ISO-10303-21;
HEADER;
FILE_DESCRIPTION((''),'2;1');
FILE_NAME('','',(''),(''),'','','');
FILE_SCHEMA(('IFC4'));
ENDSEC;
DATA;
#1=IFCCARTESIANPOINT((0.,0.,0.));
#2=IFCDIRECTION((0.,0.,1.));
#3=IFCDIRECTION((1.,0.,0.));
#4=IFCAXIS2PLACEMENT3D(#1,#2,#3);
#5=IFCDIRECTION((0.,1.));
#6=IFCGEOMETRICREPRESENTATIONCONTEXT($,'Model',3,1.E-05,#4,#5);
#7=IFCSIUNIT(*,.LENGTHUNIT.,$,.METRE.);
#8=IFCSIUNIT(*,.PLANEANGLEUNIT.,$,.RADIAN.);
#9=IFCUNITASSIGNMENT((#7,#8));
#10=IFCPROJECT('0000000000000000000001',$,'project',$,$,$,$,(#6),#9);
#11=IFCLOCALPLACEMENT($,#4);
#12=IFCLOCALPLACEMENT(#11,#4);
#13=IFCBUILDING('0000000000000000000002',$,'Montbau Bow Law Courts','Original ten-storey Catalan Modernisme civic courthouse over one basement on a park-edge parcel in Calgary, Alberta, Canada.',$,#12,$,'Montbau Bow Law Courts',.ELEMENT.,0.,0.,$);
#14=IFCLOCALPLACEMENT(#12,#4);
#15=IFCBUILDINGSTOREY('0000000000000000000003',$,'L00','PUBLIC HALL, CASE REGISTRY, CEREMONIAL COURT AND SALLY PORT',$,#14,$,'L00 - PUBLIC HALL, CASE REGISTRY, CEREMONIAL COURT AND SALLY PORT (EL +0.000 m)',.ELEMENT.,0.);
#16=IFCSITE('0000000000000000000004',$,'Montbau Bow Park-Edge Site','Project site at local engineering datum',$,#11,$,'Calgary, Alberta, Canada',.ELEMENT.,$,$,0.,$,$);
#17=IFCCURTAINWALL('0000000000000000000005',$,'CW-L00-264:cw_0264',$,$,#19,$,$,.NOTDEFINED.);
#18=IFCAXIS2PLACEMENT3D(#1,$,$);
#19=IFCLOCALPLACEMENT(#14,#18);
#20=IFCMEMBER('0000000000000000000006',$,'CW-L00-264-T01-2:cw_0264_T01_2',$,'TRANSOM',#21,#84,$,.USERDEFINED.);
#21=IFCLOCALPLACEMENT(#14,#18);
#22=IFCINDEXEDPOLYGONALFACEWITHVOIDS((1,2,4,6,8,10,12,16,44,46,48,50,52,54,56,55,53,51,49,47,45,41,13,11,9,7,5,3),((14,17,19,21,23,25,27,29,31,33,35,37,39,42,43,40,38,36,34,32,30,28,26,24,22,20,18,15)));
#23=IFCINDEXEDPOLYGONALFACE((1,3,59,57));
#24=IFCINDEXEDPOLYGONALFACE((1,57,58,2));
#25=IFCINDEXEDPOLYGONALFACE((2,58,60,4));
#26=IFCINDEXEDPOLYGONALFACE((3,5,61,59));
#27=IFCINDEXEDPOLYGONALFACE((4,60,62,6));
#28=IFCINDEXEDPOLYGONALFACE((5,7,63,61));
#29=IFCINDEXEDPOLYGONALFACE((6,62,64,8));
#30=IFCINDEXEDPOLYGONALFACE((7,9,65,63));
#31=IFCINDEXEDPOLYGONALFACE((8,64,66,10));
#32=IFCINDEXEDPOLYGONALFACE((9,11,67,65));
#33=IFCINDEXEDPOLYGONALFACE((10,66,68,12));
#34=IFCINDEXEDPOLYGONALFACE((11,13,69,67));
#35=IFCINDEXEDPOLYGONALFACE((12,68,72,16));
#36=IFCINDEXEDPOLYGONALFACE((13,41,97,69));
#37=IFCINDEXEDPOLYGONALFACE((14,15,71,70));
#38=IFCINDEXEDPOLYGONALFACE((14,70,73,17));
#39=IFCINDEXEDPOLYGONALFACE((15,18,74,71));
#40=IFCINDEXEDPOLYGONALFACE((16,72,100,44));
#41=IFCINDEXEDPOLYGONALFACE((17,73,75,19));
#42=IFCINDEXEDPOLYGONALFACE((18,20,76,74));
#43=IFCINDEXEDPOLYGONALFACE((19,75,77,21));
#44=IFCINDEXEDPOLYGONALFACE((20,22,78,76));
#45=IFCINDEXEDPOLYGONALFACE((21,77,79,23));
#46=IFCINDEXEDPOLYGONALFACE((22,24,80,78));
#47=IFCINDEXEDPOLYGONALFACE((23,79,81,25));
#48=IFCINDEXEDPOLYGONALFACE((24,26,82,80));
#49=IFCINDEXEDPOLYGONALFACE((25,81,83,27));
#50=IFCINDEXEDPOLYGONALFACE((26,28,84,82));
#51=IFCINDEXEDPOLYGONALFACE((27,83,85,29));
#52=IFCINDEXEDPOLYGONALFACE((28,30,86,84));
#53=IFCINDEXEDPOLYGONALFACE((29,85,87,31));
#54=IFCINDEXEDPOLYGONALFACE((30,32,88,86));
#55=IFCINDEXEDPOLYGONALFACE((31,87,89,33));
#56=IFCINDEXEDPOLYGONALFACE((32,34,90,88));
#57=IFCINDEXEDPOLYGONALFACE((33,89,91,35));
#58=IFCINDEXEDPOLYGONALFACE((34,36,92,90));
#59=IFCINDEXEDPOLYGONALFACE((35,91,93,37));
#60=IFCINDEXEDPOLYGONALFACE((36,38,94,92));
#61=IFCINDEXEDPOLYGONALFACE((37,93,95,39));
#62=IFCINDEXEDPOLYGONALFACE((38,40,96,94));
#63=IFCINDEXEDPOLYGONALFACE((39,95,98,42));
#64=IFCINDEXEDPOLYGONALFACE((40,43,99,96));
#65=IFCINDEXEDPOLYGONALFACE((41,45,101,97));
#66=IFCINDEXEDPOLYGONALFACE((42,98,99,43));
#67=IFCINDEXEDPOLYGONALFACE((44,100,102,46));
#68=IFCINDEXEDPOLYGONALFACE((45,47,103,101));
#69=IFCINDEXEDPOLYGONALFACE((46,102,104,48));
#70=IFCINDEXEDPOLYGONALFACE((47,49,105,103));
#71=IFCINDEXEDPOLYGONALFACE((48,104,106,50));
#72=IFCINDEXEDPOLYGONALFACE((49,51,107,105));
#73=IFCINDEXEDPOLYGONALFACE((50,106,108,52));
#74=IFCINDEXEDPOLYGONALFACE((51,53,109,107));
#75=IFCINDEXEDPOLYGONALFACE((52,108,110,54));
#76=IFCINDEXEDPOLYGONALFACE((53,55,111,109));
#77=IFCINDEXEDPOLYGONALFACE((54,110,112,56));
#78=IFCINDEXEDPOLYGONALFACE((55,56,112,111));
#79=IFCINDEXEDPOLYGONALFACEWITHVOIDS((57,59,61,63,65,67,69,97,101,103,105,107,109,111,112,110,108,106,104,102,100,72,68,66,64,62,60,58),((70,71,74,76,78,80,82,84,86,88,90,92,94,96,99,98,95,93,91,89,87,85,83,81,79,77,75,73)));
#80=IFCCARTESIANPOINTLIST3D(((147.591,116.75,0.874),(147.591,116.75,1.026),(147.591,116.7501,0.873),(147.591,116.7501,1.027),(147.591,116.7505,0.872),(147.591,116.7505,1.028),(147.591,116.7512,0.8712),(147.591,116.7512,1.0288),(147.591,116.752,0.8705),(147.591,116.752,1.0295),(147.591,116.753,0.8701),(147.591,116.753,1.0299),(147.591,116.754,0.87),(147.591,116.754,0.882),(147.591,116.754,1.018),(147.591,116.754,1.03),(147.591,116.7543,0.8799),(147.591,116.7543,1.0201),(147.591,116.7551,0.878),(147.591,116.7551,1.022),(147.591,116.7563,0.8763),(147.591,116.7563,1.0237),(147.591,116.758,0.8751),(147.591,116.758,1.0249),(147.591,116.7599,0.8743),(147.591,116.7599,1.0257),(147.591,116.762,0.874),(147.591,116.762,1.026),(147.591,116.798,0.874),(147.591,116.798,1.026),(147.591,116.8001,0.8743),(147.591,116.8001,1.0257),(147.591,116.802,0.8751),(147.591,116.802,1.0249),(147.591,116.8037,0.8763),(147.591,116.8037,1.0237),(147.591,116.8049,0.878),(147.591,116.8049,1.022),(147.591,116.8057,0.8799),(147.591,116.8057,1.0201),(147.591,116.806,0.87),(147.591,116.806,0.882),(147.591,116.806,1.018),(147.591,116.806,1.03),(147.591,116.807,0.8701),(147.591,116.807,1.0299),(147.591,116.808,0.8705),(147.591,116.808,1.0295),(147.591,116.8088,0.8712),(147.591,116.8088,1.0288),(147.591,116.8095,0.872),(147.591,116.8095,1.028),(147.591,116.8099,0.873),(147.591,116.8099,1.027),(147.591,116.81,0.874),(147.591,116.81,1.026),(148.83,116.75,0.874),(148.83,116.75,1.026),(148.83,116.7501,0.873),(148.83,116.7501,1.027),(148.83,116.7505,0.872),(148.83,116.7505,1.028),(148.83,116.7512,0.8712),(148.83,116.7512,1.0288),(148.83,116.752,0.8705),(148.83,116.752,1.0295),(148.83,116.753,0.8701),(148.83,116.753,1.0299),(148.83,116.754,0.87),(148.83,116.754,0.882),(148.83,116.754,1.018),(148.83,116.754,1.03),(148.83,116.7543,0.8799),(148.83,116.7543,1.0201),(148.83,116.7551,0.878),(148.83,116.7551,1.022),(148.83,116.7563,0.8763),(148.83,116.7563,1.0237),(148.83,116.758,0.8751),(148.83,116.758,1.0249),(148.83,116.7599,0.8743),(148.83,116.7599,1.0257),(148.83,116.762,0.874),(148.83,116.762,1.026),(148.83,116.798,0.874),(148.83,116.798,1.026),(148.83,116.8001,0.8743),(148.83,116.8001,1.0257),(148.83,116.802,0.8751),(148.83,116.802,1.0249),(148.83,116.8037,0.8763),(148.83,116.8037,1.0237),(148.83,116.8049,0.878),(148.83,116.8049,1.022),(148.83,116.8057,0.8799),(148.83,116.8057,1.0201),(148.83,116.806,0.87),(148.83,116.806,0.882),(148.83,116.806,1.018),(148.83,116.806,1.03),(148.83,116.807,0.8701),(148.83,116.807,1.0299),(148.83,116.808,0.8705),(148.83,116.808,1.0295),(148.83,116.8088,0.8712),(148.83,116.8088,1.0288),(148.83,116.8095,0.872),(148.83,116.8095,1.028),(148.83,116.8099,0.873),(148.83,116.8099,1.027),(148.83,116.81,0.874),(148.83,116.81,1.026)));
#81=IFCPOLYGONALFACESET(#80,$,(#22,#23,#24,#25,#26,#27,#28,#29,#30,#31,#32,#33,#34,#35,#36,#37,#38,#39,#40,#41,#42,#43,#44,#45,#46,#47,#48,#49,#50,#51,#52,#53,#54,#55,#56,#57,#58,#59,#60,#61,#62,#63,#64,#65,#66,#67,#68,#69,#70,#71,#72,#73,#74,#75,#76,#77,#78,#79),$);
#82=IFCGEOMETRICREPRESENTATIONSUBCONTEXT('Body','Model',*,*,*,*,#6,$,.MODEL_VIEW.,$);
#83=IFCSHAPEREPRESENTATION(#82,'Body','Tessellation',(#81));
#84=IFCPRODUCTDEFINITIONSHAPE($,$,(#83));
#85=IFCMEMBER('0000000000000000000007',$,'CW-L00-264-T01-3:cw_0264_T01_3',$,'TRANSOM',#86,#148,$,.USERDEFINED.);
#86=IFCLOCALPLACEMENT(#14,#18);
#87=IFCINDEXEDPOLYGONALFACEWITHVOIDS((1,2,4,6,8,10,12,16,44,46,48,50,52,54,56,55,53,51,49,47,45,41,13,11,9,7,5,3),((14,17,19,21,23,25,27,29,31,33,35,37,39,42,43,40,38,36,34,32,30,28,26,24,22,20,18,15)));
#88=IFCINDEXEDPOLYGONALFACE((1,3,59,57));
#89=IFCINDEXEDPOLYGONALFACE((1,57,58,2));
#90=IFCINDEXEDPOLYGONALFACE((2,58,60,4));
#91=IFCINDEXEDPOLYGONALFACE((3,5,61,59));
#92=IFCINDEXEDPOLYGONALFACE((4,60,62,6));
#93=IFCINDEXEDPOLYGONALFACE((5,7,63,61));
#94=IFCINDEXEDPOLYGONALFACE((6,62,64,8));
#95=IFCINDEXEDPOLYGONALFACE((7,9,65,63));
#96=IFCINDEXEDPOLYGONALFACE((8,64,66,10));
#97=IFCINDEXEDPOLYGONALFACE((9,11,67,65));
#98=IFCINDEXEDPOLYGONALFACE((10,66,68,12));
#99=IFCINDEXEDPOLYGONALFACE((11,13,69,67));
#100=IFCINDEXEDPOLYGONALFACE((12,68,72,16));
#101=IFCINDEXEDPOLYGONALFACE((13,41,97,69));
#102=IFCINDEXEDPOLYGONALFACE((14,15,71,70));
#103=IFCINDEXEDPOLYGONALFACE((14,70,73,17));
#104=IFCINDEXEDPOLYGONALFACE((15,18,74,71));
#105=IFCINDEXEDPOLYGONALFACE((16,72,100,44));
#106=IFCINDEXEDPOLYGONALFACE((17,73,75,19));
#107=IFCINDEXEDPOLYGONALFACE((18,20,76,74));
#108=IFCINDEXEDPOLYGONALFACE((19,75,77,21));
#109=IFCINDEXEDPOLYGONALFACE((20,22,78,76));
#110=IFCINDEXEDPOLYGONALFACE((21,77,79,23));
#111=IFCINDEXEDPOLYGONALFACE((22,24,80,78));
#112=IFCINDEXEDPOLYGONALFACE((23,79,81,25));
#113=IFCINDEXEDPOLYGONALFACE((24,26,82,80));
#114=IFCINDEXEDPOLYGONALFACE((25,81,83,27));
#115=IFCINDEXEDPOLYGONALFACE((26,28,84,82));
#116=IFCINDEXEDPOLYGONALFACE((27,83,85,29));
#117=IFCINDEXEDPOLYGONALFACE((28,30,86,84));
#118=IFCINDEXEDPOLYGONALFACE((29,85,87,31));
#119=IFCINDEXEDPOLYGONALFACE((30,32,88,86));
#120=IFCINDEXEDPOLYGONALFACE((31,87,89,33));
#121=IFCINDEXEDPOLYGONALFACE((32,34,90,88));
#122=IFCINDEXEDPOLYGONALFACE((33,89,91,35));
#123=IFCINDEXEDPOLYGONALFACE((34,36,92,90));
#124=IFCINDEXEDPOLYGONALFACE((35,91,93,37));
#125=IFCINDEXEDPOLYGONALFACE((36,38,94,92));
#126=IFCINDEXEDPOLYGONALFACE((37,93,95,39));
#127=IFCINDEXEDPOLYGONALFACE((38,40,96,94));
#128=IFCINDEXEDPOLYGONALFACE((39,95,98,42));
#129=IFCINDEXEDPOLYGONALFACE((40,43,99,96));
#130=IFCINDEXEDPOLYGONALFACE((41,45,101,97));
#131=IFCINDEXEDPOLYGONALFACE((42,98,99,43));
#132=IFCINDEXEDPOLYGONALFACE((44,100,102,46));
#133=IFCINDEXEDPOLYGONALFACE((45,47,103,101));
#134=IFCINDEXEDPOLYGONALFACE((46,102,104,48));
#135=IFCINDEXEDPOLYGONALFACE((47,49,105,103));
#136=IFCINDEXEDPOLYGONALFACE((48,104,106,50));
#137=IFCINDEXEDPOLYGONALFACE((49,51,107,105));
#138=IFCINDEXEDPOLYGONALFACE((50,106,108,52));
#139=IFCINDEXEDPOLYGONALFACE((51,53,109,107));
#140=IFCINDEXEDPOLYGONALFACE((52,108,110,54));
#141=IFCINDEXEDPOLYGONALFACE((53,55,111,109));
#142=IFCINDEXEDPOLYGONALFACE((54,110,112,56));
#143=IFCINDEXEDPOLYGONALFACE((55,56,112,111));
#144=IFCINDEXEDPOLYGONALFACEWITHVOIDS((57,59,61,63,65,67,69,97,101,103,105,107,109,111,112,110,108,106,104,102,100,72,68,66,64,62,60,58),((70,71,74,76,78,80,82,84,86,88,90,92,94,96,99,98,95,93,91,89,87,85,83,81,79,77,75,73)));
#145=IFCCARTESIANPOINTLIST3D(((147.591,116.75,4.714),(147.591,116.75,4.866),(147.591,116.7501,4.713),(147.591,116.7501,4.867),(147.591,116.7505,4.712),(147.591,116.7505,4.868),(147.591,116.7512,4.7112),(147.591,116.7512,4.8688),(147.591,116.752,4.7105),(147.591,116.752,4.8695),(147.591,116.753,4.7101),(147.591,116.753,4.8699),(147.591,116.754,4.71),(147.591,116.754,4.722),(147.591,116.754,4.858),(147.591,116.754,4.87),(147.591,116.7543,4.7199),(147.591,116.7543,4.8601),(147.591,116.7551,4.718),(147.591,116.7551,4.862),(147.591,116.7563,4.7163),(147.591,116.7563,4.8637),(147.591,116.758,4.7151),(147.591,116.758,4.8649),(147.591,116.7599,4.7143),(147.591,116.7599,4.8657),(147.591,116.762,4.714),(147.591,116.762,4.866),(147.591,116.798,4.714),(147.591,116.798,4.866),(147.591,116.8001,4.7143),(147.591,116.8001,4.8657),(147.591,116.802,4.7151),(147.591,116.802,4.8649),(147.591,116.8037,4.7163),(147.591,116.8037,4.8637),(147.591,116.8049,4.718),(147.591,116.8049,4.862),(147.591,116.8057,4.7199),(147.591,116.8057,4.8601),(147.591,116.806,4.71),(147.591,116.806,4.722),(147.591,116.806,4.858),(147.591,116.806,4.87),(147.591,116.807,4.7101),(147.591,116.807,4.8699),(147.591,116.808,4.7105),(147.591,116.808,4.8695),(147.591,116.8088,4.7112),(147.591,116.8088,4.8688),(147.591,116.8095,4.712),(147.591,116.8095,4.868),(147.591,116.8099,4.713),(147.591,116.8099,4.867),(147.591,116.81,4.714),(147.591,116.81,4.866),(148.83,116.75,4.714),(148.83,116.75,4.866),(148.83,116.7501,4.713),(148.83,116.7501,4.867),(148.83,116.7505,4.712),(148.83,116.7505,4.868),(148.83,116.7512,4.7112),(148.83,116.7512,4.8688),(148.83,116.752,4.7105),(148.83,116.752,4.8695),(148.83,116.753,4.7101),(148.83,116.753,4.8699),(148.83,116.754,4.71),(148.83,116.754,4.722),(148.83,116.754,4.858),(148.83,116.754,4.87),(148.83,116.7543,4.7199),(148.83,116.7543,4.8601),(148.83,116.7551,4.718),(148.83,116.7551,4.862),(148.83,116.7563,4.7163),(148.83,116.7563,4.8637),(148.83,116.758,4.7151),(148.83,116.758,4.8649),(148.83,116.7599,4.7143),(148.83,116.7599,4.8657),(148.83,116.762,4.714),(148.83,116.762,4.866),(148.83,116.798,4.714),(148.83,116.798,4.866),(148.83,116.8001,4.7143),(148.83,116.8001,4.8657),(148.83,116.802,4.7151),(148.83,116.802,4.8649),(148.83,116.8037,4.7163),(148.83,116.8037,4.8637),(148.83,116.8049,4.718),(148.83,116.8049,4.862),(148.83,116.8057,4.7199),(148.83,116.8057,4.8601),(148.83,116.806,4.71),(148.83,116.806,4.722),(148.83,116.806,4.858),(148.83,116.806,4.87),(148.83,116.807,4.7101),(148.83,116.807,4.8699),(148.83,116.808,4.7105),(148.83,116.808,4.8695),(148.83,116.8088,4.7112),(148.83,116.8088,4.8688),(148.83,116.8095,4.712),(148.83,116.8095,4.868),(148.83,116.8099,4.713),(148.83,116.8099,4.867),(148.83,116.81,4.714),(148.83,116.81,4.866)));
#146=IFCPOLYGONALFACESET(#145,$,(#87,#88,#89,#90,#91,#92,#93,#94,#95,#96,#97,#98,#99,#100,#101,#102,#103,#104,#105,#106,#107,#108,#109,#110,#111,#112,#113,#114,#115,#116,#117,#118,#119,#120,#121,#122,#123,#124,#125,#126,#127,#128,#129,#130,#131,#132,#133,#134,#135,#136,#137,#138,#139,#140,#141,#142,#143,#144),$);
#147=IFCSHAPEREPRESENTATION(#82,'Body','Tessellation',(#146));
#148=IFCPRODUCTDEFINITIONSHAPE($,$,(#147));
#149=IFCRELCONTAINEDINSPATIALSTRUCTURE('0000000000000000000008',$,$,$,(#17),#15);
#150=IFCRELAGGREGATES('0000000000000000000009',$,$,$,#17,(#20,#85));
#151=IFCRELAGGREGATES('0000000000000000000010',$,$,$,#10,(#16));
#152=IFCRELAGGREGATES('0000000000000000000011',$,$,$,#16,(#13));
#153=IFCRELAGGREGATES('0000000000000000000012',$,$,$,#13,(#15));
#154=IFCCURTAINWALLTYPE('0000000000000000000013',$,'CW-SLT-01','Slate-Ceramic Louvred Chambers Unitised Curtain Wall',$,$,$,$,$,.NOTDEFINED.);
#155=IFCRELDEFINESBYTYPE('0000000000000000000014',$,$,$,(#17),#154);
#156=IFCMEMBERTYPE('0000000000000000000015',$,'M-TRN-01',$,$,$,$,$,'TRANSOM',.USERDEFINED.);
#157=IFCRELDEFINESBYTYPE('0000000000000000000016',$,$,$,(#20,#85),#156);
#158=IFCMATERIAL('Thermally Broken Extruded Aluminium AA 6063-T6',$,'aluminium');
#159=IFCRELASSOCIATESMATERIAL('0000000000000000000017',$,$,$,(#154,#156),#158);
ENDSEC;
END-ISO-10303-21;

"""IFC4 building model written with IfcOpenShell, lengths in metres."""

from ifc_helpers import new_model, si_unit, direction, frame, origin_with_axes, origin_2d_with_axis, place, context, subcontext, project, spatial, hollow_rectangle, extrude, material, material_profile, profile_set, type_object, element, aggregate, save


model = new_model("IFC4")

# Units and contexts
model_context = context("Model", 3, precision=1e-05, world=origin_with_axes(), true_north=direction((0.0, 1.0)))
body_context = subcontext(model_context, "Body", "Model", "MODEL_VIEW")
ifc_project = project(units=[si_unit("LENGTHUNIT", "METRE"), si_unit("PLANEANGLEUNIT", "RADIAN")], contexts=[model_context])

# Site, building, storey
site_placement = place(None, origin_with_axes())
site = spatial("IfcSite", under=ifc_project, at=site_placement, Name="Montbau Bow Park-Edge Site", Description="Project site at local engineering datum", LongName="Calgary, Alberta, Canada", CompositionType="ELEMENT", RefElevation=0.0)
building_placement = place(site_placement, origin_with_axes())
building = spatial("IfcBuilding", under=site, at=building_placement, Name="Montbau Bow Law Courts", Description="Original ten-storey Catalan Modernisme civic courthouse over one basement on a park-edge parcel in Calgary, Alberta, Canada.", LongName="Montbau Bow Law Courts", CompositionType="ELEMENT", ElevationOfRefHeight=0.0, ElevationOfTerrain=0.0)
storey_placement = place(building_placement, origin_with_axes())
storey = spatial("IfcBuildingStorey", under=building, at=storey_placement, Name="L00", Description="PUBLIC HALL, CASE REGISTRY, CEREMONIAL COURT AND SALLY PORT", LongName="L00 - PUBLIC HALL, CASE REGISTRY, CEREMONIAL COURT AND SALLY PORT (EL +0.000 m)", CompositionType="ELEMENT", Elevation=0.0)

# Curtain wall
ifc_material_1 = material(Name="Thermally Broken Extruded Aluminium AA 6063-T6", Category="aluminium")
curtain_wall_type = type_object("IfcCurtainWallType", Name="CW-SLT-01", Description="Slate-Ceramic Louvred Chambers Unitised Curtain Wall", PredefinedType="NOTDEFINED", material=ifc_material_1)
curtain_wall_1_placement = place(None, frame((147.515, 116.78, 0.0), z_axis=(0.0, 0.0, 1.0), x_axis=(1.0, 0.0, 0.0)))
curtain_wall_1 = element("IfcCurtainWall", 1, at=curtain_wall_1_placement, inside=storey, type_object=curtain_wall_type, Name="CW-L00-264:cw_0264", PredefinedType="NOTDEFINED")

# Members
ifc_material_profile_1 = material_profile(ifc_material_1, hollow_rectangle(XDim=0.06, YDim=0.16, WallThickness=0.004, InnerFilletRadius=0.008, OuterFilletRadius=0.004, at=origin_2d_with_axis()), Name="CWT-160X60", Category="Main", Priority=0)
ifc_profile_set_1 = profile_set([ifc_material_profile_1], Name="Thermally Broken Extruded Aluminium AA 6063-T6")
member_type_1 = type_object("IfcMemberType", Name="M-TRN-01", ElementType="TRANSOM", PredefinedType="USERDEFINED", material=ifc_profile_set_1)
member_1_placement = place(None, frame((147.591, 116.78, 0.95), z_axis=(1.0, 0.0, 0.0), x_axis=(0.0, 1.0, 0.0)))
member_1 = element("IfcMember", 2, at=member_1_placement, type_object=member_type_1, Name="CW-L00-264-T01-2:cw_0264_T01_2", ObjectType="TRANSOM", PredefinedType="USERDEFINED", context=body_context, shape_type="SweptSolid", body=[
    extrude(hollow_rectangle(XDim=0.06, YDim=0.16, WallThickness=0.004, InnerFilletRadius=0.008, OuterFilletRadius=0.004, at=origin_2d_with_axis()), origin_with_axes(), (0.0, 0.0, 1.0), 1.239),
])
member_2_placement = place(None, frame((147.591, 116.78, 4.79), z_axis=(1.0, 0.0, 0.0), x_axis=(0.0, 1.0, 0.0)))
member_2 = element("IfcMember", 3, at=member_2_placement, type_object=member_type_1, Name="CW-L00-264-T01-3:cw_0264_T01_3", ObjectType="TRANSOM", PredefinedType="USERDEFINED", context=body_context, shape_type="SweptSolid", body=[
    extrude(hollow_rectangle(XDim=0.06, YDim=0.16, WallThickness=0.004, InnerFilletRadius=0.008, OuterFilletRadius=0.004, at=origin_2d_with_axis()), origin_with_axes(), (0.0, 0.0, 1.0), 1.239),
])

aggregate(curtain_wall_1, [member_1, member_2])

save(model, "model.ifc")
